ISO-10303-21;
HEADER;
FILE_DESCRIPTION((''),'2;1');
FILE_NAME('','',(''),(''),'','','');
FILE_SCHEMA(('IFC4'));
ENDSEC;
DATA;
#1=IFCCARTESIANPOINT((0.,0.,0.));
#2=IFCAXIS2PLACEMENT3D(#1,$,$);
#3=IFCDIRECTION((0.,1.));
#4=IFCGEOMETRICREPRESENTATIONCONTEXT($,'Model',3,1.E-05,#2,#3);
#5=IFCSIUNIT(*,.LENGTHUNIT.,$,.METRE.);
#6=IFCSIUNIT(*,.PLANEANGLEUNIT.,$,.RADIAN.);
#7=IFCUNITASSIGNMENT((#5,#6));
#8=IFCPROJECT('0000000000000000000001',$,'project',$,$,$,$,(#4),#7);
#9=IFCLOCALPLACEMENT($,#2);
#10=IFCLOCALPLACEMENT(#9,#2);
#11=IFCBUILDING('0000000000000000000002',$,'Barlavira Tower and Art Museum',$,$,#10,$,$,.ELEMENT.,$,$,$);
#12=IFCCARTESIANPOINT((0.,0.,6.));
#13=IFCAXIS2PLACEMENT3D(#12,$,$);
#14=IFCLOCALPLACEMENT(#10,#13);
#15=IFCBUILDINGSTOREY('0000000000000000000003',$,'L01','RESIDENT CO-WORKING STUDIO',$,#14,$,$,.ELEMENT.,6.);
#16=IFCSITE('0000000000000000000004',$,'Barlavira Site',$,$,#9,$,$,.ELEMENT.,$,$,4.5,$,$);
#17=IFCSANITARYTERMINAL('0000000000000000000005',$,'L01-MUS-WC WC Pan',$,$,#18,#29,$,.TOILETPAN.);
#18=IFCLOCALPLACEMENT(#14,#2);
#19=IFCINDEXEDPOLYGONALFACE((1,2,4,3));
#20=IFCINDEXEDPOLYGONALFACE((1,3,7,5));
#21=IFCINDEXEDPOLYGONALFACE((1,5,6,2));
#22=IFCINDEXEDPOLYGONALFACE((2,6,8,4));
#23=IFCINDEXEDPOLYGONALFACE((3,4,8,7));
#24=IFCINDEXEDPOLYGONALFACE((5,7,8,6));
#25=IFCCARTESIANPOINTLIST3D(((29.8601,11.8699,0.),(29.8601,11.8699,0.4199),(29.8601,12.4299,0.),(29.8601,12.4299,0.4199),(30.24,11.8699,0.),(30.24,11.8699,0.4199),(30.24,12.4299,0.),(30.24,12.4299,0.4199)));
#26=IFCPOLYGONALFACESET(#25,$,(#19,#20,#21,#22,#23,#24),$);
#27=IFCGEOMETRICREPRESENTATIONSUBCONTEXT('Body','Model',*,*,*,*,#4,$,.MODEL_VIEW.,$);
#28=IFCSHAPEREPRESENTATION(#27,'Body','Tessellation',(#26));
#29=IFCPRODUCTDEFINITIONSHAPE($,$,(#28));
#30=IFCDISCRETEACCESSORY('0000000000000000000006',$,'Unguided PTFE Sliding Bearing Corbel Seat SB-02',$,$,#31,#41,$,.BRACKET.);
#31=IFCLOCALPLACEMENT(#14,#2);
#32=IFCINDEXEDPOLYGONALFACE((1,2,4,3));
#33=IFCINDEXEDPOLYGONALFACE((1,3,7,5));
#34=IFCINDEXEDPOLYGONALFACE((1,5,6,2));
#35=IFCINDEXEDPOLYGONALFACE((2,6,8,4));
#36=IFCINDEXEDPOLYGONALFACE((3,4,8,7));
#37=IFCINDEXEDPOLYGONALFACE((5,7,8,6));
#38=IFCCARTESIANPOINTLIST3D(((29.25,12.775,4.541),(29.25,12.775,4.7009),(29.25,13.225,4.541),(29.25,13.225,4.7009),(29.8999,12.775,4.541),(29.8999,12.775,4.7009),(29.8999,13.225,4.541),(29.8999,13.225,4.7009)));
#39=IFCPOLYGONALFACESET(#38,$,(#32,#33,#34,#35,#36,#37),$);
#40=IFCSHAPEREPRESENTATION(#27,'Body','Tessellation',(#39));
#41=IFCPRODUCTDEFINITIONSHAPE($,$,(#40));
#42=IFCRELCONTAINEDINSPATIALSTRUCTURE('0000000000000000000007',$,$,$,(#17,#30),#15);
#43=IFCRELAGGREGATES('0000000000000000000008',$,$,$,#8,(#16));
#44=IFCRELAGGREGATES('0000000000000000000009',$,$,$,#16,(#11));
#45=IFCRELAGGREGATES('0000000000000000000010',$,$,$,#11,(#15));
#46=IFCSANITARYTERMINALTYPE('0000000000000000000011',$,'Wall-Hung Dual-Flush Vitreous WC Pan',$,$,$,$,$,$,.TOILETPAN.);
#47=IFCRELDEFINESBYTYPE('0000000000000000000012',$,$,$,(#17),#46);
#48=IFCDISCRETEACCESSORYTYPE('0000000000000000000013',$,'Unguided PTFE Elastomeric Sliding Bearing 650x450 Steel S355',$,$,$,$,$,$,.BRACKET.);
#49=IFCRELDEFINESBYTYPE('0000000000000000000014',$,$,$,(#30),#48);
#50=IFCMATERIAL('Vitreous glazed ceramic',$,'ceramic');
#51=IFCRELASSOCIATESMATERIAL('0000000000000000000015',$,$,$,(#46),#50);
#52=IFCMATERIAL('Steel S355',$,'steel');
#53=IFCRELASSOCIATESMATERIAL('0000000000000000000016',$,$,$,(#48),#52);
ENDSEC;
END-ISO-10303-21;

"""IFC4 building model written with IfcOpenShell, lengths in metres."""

from ifc_helpers import new_model, si_unit, direction, frame, origin, origin_2d, place, context, subcontext, project, spatial, rectangle, extrude, material, type_object, element, save


model = new_model("IFC4")

# Units and contexts
model_context = context("Model", 3, precision=1e-05, world=origin(), true_north=direction((0.0, 1.0)))
body_context = subcontext(model_context, "Body", "Model", "MODEL_VIEW")
ifc_project = project(units=[si_unit("LENGTHUNIT", "METRE"), si_unit("PLANEANGLEUNIT", "RADIAN")], contexts=[model_context])

# Site, building, storey
site_placement = place(None, origin())
site = spatial("IfcSite", under=ifc_project, at=site_placement, Name="Barlavira Site", CompositionType="ELEMENT", RefElevation=4.5)
building_placement = place(site_placement, origin())
building = spatial("IfcBuilding", under=site, at=building_placement, Name="Barlavira Tower and Art Museum", CompositionType="ELEMENT")
storey_placement = place(building_placement, frame((0.0, 0.0, 6.0)))
storey = spatial("IfcBuildingStorey", under=building, at=storey_placement, Name="L01", Description="RESIDENT CO-WORKING STUDIO", CompositionType="ELEMENT", Elevation=6.0)

# Shared definitions
ifc_material_1 = material(Name="Steel S355", Category="steel")

# Sanitary terminal
ifc_material_2 = material(Name="Vitreous glazed ceramic", Category="ceramic")
sanitary_terminal_type = type_object("IfcSanitaryTerminalType", Name="Wall-Hung Dual-Flush Vitreous WC Pan", PredefinedType="TOILETPAN", material=ifc_material_2)
sanitary_terminal_placement = place(storey_placement, frame((30.05, 12.1499, 0.0), z_axis=(0.0, 0.0, 1.0), x_axis=(1.0, 0.0, 0.0)))
element("IfcSanitaryTerminal", 1, at=sanitary_terminal_placement, inside=storey, type_object=sanitary_terminal_type, Name="L01-MUS-WC WC Pan", PredefinedType="TOILETPAN", context=body_context, shape_type="SweptSolid", body=[
    extrude(rectangle(XDim=0.3799, YDim=0.5601, at=origin_2d()), origin(), (0.0, 0.0, 1.0), 0.4199),
])

# Discrete accessory
discrete_accessory_type = type_object("IfcDiscreteAccessoryType", Name="Unguided PTFE Elastomeric Sliding Bearing 650x450 Steel S355", PredefinedType="BRACKET", material=ifc_material_1)
discrete_accessory_placement = place(storey_placement, frame((29.575, 13.0, 4.541), z_axis=(0.0, 0.0, 1.0), x_axis=(1.0, 0.0, 0.0)))
element("IfcDiscreteAccessory", 2, at=discrete_accessory_placement, inside=storey, type_object=discrete_accessory_type, Name="Unguided PTFE Sliding Bearing Corbel Seat SB-02", PredefinedType="BRACKET", context=body_context, shape_type="SweptSolid", body=[
    extrude(rectangle(XDim=0.6499, YDim=0.45, at=origin_2d()), origin(), (0.0, 0.0, 1.0), 0.1599),
])

save(model, "model.ifc")
